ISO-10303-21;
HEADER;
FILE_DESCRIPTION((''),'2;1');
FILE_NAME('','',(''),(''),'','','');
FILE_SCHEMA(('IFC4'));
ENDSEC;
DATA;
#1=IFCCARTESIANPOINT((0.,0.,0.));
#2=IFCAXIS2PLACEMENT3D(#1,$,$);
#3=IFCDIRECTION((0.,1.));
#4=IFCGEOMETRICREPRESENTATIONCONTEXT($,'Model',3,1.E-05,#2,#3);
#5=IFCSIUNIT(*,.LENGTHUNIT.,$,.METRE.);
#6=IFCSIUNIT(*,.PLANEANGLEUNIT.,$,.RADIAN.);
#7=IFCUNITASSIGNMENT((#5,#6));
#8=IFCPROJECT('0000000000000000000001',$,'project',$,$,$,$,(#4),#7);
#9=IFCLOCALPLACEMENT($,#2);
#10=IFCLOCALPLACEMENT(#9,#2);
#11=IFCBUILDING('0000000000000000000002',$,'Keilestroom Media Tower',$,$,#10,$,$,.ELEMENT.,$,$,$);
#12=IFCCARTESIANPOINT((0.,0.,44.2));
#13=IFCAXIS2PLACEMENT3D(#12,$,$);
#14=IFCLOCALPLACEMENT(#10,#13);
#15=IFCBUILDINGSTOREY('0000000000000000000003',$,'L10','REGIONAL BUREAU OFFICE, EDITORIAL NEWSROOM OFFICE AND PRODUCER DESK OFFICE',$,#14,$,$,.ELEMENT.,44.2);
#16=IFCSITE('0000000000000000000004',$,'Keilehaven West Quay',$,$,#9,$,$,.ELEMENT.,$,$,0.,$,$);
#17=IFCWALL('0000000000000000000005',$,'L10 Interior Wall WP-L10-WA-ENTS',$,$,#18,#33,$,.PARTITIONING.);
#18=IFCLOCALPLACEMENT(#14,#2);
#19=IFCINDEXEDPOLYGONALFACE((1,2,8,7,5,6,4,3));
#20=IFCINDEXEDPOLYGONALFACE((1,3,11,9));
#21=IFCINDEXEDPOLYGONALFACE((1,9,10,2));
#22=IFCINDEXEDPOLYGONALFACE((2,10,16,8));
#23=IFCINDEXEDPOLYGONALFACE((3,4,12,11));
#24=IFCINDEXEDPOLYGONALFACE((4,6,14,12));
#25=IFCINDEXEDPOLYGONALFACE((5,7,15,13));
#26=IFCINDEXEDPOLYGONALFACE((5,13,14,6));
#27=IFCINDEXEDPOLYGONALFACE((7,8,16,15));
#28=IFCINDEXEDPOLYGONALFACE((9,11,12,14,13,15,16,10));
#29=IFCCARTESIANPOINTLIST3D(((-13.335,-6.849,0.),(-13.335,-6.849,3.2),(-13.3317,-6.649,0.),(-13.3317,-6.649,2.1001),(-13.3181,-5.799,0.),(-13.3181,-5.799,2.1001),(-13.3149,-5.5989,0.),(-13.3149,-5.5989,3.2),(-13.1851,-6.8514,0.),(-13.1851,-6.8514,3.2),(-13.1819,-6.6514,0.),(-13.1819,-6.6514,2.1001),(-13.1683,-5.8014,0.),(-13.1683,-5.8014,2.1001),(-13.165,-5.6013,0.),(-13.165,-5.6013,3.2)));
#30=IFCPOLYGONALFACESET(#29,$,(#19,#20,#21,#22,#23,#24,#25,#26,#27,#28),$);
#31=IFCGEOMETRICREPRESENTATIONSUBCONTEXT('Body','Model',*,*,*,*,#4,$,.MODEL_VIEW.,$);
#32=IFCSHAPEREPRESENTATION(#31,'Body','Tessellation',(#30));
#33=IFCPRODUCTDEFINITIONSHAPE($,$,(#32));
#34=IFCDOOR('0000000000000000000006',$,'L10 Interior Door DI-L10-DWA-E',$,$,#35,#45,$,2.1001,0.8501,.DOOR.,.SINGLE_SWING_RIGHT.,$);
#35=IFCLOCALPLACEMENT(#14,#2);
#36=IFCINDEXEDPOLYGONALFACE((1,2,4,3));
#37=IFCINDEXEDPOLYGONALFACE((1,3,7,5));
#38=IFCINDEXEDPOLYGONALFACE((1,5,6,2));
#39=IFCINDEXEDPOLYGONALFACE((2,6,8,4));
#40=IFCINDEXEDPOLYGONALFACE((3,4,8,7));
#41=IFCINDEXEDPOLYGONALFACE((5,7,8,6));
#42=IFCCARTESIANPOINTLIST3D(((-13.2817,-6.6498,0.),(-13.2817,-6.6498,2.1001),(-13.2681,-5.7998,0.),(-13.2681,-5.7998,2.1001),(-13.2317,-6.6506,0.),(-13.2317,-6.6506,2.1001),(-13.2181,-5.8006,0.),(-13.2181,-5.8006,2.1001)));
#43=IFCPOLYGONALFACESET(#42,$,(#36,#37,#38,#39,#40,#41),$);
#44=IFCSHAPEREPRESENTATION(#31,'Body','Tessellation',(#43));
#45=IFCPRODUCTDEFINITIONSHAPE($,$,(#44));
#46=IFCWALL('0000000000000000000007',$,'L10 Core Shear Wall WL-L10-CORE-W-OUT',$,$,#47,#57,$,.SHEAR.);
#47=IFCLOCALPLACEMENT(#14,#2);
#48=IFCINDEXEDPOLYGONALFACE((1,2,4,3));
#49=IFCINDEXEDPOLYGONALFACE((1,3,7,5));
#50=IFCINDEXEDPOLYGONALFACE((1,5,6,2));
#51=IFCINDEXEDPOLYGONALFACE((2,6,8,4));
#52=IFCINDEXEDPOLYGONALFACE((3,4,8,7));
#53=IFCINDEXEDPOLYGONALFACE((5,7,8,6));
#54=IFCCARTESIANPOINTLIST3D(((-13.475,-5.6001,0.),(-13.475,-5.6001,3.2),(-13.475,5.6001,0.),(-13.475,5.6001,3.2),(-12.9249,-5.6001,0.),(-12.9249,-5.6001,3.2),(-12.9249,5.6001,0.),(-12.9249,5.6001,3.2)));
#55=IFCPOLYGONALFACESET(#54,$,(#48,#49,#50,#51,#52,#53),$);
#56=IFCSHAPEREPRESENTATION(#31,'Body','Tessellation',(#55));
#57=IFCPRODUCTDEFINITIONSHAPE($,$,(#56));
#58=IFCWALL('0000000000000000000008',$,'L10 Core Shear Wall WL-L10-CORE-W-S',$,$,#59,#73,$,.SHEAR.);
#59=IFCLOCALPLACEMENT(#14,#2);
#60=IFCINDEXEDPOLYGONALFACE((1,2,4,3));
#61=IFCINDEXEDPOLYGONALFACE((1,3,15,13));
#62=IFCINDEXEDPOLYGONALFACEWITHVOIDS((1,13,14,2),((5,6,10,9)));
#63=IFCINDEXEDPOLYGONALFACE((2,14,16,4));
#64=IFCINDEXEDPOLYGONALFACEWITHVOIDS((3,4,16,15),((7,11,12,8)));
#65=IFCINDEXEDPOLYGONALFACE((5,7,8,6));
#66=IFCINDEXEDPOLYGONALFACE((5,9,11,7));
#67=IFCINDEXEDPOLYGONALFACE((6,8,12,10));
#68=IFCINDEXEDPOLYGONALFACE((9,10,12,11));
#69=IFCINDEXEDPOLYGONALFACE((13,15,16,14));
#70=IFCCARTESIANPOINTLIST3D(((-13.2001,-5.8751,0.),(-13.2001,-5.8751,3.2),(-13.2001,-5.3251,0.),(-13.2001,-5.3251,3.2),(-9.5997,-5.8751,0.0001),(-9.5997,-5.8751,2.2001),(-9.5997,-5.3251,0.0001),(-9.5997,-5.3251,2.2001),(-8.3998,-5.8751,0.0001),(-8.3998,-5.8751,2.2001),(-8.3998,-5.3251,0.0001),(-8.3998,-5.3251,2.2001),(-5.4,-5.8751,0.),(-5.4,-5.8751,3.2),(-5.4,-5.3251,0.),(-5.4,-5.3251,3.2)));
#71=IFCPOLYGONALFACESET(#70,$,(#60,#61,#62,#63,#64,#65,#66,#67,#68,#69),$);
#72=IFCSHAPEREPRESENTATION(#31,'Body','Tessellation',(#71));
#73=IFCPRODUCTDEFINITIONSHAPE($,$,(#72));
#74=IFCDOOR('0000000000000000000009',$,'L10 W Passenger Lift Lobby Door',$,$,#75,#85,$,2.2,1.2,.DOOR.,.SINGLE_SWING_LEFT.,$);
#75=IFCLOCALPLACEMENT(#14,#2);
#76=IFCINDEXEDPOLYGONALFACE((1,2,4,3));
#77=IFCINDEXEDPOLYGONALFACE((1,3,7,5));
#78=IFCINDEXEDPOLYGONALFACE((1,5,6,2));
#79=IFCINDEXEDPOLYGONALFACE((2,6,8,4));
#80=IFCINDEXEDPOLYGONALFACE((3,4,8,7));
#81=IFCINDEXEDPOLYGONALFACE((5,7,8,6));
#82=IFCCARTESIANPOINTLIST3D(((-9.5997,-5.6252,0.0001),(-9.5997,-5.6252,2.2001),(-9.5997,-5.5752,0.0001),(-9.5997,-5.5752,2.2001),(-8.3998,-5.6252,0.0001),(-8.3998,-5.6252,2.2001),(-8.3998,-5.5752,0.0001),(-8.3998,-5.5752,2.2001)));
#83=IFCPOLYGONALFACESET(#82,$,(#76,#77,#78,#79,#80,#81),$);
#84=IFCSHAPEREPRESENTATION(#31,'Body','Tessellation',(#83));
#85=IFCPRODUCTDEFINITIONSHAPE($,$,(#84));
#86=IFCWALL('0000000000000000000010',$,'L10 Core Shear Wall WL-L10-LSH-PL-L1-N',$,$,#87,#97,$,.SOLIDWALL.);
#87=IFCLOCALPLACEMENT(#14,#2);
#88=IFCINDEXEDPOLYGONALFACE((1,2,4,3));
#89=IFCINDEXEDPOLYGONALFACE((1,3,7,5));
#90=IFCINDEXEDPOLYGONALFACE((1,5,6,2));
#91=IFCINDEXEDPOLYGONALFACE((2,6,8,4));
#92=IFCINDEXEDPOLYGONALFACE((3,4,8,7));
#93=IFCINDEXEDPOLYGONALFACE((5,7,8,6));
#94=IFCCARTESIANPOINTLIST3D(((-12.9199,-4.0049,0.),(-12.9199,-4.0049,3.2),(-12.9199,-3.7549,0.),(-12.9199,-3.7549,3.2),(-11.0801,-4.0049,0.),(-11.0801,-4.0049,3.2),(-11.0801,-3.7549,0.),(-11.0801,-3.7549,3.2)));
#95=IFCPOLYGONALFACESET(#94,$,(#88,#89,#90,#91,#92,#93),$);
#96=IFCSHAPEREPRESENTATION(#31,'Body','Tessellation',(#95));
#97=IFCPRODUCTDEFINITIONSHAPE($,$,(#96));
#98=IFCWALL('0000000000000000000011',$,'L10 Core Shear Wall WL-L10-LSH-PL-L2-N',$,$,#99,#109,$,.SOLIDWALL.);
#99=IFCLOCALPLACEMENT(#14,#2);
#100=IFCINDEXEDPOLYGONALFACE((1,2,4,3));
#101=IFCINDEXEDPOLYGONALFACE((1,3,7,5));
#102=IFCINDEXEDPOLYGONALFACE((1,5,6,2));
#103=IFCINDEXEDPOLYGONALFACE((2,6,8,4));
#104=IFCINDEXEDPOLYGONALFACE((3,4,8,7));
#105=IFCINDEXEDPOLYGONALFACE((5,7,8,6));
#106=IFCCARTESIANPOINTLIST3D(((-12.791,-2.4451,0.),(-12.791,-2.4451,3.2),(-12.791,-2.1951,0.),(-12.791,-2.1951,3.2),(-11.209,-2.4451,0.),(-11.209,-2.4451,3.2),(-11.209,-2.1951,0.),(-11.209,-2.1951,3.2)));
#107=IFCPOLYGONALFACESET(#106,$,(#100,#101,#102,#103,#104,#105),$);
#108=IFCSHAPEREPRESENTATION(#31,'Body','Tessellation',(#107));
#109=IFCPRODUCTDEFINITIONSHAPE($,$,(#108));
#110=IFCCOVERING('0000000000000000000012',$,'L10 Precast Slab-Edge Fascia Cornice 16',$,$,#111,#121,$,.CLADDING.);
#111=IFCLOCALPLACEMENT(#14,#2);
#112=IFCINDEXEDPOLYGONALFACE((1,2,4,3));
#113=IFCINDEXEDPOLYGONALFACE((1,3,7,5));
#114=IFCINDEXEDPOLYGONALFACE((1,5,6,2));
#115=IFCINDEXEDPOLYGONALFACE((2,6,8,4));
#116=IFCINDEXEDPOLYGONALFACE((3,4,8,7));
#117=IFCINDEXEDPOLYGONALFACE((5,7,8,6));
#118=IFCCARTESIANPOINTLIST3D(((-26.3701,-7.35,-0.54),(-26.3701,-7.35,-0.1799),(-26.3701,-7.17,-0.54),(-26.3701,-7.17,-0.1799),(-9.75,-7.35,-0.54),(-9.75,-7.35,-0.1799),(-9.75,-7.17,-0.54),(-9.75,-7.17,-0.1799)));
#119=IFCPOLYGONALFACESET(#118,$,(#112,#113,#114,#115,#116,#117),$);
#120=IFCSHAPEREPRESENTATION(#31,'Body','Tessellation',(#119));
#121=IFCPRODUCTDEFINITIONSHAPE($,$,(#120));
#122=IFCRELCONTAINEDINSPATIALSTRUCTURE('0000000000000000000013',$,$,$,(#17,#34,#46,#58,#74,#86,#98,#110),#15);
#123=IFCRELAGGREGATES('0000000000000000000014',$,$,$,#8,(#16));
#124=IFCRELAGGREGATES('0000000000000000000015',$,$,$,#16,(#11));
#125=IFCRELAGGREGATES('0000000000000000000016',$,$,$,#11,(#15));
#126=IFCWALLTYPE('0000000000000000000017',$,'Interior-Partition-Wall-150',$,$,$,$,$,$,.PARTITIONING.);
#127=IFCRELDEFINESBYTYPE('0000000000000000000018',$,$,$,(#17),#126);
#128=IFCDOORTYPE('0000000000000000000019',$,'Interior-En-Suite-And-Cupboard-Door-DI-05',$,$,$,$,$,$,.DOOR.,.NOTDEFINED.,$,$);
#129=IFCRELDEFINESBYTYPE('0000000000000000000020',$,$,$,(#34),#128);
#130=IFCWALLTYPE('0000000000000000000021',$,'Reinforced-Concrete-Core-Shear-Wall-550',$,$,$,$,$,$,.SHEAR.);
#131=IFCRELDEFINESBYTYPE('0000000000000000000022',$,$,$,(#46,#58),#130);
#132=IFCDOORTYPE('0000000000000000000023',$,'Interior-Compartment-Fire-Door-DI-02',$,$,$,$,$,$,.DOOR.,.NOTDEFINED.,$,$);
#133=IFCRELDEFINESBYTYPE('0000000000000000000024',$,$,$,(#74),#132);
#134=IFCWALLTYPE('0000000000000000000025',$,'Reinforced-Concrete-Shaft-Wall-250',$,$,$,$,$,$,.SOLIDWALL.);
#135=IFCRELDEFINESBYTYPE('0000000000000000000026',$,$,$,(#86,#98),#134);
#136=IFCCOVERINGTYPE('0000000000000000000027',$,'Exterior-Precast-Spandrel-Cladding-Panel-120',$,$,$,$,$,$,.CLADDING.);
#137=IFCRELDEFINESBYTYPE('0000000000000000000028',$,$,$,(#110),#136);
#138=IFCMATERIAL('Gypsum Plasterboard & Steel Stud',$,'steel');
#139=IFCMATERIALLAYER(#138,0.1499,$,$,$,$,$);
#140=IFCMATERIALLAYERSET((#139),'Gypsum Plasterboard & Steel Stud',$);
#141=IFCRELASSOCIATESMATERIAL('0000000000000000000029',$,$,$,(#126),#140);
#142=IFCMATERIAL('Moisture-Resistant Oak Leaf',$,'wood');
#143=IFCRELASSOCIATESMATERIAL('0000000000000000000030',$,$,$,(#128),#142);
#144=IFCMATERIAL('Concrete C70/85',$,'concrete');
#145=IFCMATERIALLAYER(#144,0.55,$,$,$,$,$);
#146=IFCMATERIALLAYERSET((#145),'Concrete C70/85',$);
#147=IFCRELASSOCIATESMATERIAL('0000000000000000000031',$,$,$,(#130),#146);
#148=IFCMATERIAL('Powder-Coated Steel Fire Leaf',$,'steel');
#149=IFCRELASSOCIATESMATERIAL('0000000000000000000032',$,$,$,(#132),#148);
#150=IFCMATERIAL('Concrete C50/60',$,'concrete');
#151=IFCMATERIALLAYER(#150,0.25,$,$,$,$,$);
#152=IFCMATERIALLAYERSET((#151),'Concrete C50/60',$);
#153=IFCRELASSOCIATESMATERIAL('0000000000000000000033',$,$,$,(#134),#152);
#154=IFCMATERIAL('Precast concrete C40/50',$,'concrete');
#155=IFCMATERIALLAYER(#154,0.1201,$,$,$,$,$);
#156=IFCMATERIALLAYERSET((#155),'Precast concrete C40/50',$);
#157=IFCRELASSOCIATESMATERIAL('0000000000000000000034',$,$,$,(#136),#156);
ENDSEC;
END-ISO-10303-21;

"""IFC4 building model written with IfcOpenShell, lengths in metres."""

from ifc_helpers import new_model, si_unit, direction, frame, frame_2d, origin, origin_2d, place, context, subcontext, project, spatial, rectangle, extrude, source, transform, mapped, material, layer, layer_set, type_object, element, fill, save


model = new_model("IFC4")

# Units and contexts
model_context = context("Model", 3, precision=1e-05, world=origin(), true_north=direction((0.0, 1.0)))
body_context = subcontext(model_context, "Body", "Model", "MODEL_VIEW")
ifc_project = project(units=[si_unit("LENGTHUNIT", "METRE"), si_unit("PLANEANGLEUNIT", "RADIAN")], contexts=[model_context])

# Site, building, storey
site_placement = place(None, origin())
site = spatial("IfcSite", under=ifc_project, at=site_placement, Name="Keilehaven West Quay", CompositionType="ELEMENT", RefElevation=0.0)
building_placement = place(site_placement, origin())
building = spatial("IfcBuilding", under=site, at=building_placement, Name="Keilestroom Media Tower", CompositionType="ELEMENT")
storey_placement = place(building_placement, frame((0.0, 0.0, 44.2)))
storey = spatial("IfcBuildingStorey", under=building, at=storey_placement, Name="L10", Description="REGIONAL BUREAU OFFICE, EDITORIAL NEWSROOM OFFICE AND PRODUCER DESK OFFICE", CompositionType="ELEMENT", Elevation=44.2)

# Shared definitions
ifc_material_1 = material(Name="Precast concrete C40/50", Category="concrete")

# Wall, opening, door
ifc_material_2 = material(Name="Gypsum Plasterboard & Steel Stud", Category="steel")
ifc_layer_1 = layer(ifc_material_2, 0.1499)
ifc_layer_set_1 = layer_set([ifc_layer_1], Name="Gypsum Plasterboard & Steel Stud")
wall_type_1 = type_object("IfcWallType", Name="Interior-Partition-Wall-150", PredefinedType="PARTITIONING", material=ifc_layer_set_1)
wall_1_placement = place(storey_placement, frame((-13.26, -6.8501, 0.0), z_axis=(0.0, 0.0, 1.0), x_axis=(0.016014, 0.999872, 0.0)))
wall_1 = element("IfcWall", 1, at=wall_1_placement, inside=storey, type_object=wall_type_1, Name="L10 Interior Wall WP-L10-WA-ENTS", PredefinedType="PARTITIONING", context=body_context, shape_type="SweptSolid", body=[
    extrude(rectangle(XDim=1.2502, YDim=0.1499, at=frame_2d((0.625, 0.0))), origin(), (0.0, 0.0, 1.0), 3.2),
])
opening_1_placement = place(wall_1_placement, frame((0.2, 0.0, 0.0)))
opening_1 = element("IfcOpeningElement", 2, at=opening_1_placement, cuts=wall_1, PredefinedType="OPENING", context=body_context, shape_type="SweptSolid", body=[
    extrude(rectangle(XDim=0.8501, YDim=2.1001, at=frame_2d((0.425, 1.05))), frame((0.0, 0.085, 0.0), z_axis=(0.0, -1.0, 0.0), x_axis=(1.0, 0.0, 0.0)), (0.0, 0.0, 1.0), 0.1699),
])
ifc_material_3 = material(Name="Moisture-Resistant Oak Leaf", Category="wood")
door_type_1 = type_object("IfcDoorType", Name="Interior-En-Suite-And-Cupboard-Door-DI-05", OperationType="NOTDEFINED", PredefinedType="DOOR", material=ifc_material_3)
shared_shape_1 = source(origin(), body_context, "Body", "SweptSolid", [
    extrude(rectangle(XDim=0.8501, YDim=2.1001, at=frame_2d((0.425, 1.05))), frame((0.0, 0.0249, 0.0), z_axis=(0.0, -1.0, 0.0), x_axis=(1.0, 0.0, 0.0)), (0.0, 0.0, 1.0), 0.05),
])
door_1_placement = place(opening_1_placement, origin())
door_1 = element("IfcDoor", 3, at=door_1_placement, inside=storey, type_object=door_type_1, Name="L10 Interior Door DI-L10-DWA-E", OperationType="SINGLE_SWING_RIGHT", OverallHeight=2.1001, OverallWidth=0.8501, PredefinedType="DOOR", context=body_context, shape_type="MappedRepresentation", body=[
    mapped(shared_shape_1, transform((0.0, 0.0, 0.0), x_axis=(1.0, 0.0, 0.0), y_axis=(0.0, 1.0, 0.0), z_axis=(0.0, 0.0, 1.0), scale=1.0)),
])
fill(opening_1, door_1)

# Wall
ifc_material_4 = material(Name="Concrete C70/85", Category="concrete")
ifc_layer_2 = layer(ifc_material_4, 0.55)
ifc_layer_set_2 = layer_set([ifc_layer_2], Name="Concrete C70/85")
wall_type_2 = type_object("IfcWallType", Name="Reinforced-Concrete-Core-Shear-Wall-550", PredefinedType="SHEAR", material=ifc_layer_set_2)
wall_2_placement = place(storey_placement, frame((-13.2, -5.6001, 0.0), z_axis=(0.0, 0.0, 1.0), x_axis=(0.0, 1.0, 0.0)))
element("IfcWall", 4, at=wall_2_placement, inside=storey, type_object=wall_type_2, Name="L10 Core Shear Wall WL-L10-CORE-W-OUT", PredefinedType="SHEAR", context=body_context, shape_type="SweptSolid", body=[
    extrude(rectangle(XDim=11.2002, YDim=0.55, at=frame_2d((5.6001, 0.0))), origin(), (0.0, 0.0, 1.0), 3.2),
])

# Wall, opening, door
wall_3_placement = place(storey_placement, frame((-13.2, -5.6001, 0.0), z_axis=(0.0, 0.0, 1.0), x_axis=(1.0, 0.0, 0.0)))
wall_3 = element("IfcWall", 5, at=wall_3_placement, inside=storey, type_object=wall_type_2, Name="L10 Core Shear Wall WL-L10-CORE-W-S", PredefinedType="SHEAR", context=body_context, shape_type="SweptSolid", body=[
    extrude(rectangle(XDim=7.8, YDim=0.55, at=frame_2d((3.8999, 0.0))), origin(), (0.0, 0.0, 1.0), 3.2),
])
opening_2_placement = place(wall_3_placement, frame((3.6001, 0.0, 0.0)))
opening_2 = element("IfcOpeningElement", 6, at=opening_2_placement, cuts=wall_3, PredefinedType="OPENING", context=body_context, shape_type="SweptSolid", body=[
    extrude(rectangle(XDim=1.2, YDim=2.2, at=frame_2d((0.6001, 1.1001))), frame((0.0, 0.2852, 0.0), z_axis=(0.0, -1.0, 0.0), x_axis=(1.0, 0.0, 0.0)), (0.0, 0.0, 1.0), 0.5701),
])
ifc_material_5 = material(Name="Powder-Coated Steel Fire Leaf", Category="steel")
door_type_2 = type_object("IfcDoorType", Name="Interior-Compartment-Fire-Door-DI-02", OperationType="NOTDEFINED", PredefinedType="DOOR", material=ifc_material_5)
shared_shape_2 = source(origin(), body_context, "Body", "SweptSolid", [
    extrude(rectangle(XDim=1.2, YDim=2.2, at=frame_2d((0.6001, 1.1001))), frame((0.0, 0.0249, 0.0), z_axis=(0.0, -1.0, 0.0), x_axis=(1.0, 0.0, 0.0)), (0.0, 0.0, 1.0), 0.05),
])
door_2_placement = place(opening_2_placement, origin())
door_2 = element("IfcDoor", 7, at=door_2_placement, inside=storey, type_object=door_type_2, Name="L10 W Passenger Lift Lobby Door", OperationType="SINGLE_SWING_LEFT", OverallHeight=2.2, OverallWidth=1.2, PredefinedType="DOOR", context=body_context, shape_type="MappedRepresentation", body=[
    mapped(shared_shape_2, transform((0.0, 0.0, 0.0), x_axis=(1.0, 0.0, 0.0), y_axis=(0.0, 1.0, 0.0), z_axis=(0.0, 0.0, 1.0), scale=1.0)),
])
fill(opening_2, door_2)

# Walls
ifc_material_6 = material(Name="Concrete C50/60", Category="concrete")
ifc_layer_3 = layer(ifc_material_6, 0.25)
ifc_layer_set_3 = layer_set([ifc_layer_3], Name="Concrete C50/60")
wall_type_3 = type_object("IfcWallType", Name="Reinforced-Concrete-Shaft-Wall-250", PredefinedType="SOLIDWALL", material=ifc_layer_set_3)
wall_4_placement = place(storey_placement, frame((-12.9199, -3.8799, 0.0), z_axis=(0.0, 0.0, 1.0), x_axis=(1.0, 0.0, 0.0)))
element("IfcWall", 8, at=wall_4_placement, inside=storey, type_object=wall_type_3, Name="L10 Core Shear Wall WL-L10-LSH-PL-L1-N", PredefinedType="SOLIDWALL", context=body_context, shape_type="SweptSolid", body=[
    extrude(rectangle(XDim=1.8398, YDim=0.25, at=frame_2d((0.9199, 0.0))), origin(), (0.0, 0.0, 1.0), 3.2),
])
wall_5_placement = place(storey_placement, frame((-12.791, -2.3201, 0.0), z_axis=(0.0, 0.0, 1.0), x_axis=(1.0, 0.0, 0.0)))
element("IfcWall", 9, at=wall_5_placement, inside=storey, type_object=wall_type_3, Name="L10 Core Shear Wall WL-L10-LSH-PL-L2-N", PredefinedType="SOLIDWALL", context=body_context, shape_type="SweptSolid", body=[
    extrude(rectangle(XDim=1.582, YDim=0.25, at=frame_2d((0.791, 0.0))), origin(), (0.0, 0.0, 1.0), 3.2),
])

# Covering
ifc_layer_4 = layer(ifc_material_1, 0.1201)
ifc_layer_set_4 = layer_set([ifc_layer_4], Name="Precast concrete C40/50")
covering_type = type_object("IfcCoveringType", Name="Exterior-Precast-Spandrel-Cladding-Panel-120", PredefinedType="CLADDING", material=ifc_layer_set_4)
shared_shape_3 = source(origin(), body_context, "Body", "SweptSolid", [
    extrude(rectangle(XDim=16.6201, YDim=0.1799, at=origin_2d()), origin(), (0.0, 0.0, 1.0), 0.3601),
])
covering_placement = place(storey_placement, frame((-18.0601, -7.26, -0.54), z_axis=(0.0, 0.0, 1.0), x_axis=(-1.0, 0.0, 0.0)))
element("IfcCovering", 10, at=covering_placement, inside=storey, type_object=covering_type, Name="L10 Precast Slab-Edge Fascia Cornice 16", PredefinedType="CLADDING", context=body_context, shape_type="MappedRepresentation", body=[
    mapped(shared_shape_3, transform((0.0, 0.0, 0.0), x_axis=(1.0, 0.0, 0.0), y_axis=(0.0, 1.0, 0.0), z_axis=(0.0, 0.0, 1.0), scale=1.0)),
])

save(model, "model.ifc")
